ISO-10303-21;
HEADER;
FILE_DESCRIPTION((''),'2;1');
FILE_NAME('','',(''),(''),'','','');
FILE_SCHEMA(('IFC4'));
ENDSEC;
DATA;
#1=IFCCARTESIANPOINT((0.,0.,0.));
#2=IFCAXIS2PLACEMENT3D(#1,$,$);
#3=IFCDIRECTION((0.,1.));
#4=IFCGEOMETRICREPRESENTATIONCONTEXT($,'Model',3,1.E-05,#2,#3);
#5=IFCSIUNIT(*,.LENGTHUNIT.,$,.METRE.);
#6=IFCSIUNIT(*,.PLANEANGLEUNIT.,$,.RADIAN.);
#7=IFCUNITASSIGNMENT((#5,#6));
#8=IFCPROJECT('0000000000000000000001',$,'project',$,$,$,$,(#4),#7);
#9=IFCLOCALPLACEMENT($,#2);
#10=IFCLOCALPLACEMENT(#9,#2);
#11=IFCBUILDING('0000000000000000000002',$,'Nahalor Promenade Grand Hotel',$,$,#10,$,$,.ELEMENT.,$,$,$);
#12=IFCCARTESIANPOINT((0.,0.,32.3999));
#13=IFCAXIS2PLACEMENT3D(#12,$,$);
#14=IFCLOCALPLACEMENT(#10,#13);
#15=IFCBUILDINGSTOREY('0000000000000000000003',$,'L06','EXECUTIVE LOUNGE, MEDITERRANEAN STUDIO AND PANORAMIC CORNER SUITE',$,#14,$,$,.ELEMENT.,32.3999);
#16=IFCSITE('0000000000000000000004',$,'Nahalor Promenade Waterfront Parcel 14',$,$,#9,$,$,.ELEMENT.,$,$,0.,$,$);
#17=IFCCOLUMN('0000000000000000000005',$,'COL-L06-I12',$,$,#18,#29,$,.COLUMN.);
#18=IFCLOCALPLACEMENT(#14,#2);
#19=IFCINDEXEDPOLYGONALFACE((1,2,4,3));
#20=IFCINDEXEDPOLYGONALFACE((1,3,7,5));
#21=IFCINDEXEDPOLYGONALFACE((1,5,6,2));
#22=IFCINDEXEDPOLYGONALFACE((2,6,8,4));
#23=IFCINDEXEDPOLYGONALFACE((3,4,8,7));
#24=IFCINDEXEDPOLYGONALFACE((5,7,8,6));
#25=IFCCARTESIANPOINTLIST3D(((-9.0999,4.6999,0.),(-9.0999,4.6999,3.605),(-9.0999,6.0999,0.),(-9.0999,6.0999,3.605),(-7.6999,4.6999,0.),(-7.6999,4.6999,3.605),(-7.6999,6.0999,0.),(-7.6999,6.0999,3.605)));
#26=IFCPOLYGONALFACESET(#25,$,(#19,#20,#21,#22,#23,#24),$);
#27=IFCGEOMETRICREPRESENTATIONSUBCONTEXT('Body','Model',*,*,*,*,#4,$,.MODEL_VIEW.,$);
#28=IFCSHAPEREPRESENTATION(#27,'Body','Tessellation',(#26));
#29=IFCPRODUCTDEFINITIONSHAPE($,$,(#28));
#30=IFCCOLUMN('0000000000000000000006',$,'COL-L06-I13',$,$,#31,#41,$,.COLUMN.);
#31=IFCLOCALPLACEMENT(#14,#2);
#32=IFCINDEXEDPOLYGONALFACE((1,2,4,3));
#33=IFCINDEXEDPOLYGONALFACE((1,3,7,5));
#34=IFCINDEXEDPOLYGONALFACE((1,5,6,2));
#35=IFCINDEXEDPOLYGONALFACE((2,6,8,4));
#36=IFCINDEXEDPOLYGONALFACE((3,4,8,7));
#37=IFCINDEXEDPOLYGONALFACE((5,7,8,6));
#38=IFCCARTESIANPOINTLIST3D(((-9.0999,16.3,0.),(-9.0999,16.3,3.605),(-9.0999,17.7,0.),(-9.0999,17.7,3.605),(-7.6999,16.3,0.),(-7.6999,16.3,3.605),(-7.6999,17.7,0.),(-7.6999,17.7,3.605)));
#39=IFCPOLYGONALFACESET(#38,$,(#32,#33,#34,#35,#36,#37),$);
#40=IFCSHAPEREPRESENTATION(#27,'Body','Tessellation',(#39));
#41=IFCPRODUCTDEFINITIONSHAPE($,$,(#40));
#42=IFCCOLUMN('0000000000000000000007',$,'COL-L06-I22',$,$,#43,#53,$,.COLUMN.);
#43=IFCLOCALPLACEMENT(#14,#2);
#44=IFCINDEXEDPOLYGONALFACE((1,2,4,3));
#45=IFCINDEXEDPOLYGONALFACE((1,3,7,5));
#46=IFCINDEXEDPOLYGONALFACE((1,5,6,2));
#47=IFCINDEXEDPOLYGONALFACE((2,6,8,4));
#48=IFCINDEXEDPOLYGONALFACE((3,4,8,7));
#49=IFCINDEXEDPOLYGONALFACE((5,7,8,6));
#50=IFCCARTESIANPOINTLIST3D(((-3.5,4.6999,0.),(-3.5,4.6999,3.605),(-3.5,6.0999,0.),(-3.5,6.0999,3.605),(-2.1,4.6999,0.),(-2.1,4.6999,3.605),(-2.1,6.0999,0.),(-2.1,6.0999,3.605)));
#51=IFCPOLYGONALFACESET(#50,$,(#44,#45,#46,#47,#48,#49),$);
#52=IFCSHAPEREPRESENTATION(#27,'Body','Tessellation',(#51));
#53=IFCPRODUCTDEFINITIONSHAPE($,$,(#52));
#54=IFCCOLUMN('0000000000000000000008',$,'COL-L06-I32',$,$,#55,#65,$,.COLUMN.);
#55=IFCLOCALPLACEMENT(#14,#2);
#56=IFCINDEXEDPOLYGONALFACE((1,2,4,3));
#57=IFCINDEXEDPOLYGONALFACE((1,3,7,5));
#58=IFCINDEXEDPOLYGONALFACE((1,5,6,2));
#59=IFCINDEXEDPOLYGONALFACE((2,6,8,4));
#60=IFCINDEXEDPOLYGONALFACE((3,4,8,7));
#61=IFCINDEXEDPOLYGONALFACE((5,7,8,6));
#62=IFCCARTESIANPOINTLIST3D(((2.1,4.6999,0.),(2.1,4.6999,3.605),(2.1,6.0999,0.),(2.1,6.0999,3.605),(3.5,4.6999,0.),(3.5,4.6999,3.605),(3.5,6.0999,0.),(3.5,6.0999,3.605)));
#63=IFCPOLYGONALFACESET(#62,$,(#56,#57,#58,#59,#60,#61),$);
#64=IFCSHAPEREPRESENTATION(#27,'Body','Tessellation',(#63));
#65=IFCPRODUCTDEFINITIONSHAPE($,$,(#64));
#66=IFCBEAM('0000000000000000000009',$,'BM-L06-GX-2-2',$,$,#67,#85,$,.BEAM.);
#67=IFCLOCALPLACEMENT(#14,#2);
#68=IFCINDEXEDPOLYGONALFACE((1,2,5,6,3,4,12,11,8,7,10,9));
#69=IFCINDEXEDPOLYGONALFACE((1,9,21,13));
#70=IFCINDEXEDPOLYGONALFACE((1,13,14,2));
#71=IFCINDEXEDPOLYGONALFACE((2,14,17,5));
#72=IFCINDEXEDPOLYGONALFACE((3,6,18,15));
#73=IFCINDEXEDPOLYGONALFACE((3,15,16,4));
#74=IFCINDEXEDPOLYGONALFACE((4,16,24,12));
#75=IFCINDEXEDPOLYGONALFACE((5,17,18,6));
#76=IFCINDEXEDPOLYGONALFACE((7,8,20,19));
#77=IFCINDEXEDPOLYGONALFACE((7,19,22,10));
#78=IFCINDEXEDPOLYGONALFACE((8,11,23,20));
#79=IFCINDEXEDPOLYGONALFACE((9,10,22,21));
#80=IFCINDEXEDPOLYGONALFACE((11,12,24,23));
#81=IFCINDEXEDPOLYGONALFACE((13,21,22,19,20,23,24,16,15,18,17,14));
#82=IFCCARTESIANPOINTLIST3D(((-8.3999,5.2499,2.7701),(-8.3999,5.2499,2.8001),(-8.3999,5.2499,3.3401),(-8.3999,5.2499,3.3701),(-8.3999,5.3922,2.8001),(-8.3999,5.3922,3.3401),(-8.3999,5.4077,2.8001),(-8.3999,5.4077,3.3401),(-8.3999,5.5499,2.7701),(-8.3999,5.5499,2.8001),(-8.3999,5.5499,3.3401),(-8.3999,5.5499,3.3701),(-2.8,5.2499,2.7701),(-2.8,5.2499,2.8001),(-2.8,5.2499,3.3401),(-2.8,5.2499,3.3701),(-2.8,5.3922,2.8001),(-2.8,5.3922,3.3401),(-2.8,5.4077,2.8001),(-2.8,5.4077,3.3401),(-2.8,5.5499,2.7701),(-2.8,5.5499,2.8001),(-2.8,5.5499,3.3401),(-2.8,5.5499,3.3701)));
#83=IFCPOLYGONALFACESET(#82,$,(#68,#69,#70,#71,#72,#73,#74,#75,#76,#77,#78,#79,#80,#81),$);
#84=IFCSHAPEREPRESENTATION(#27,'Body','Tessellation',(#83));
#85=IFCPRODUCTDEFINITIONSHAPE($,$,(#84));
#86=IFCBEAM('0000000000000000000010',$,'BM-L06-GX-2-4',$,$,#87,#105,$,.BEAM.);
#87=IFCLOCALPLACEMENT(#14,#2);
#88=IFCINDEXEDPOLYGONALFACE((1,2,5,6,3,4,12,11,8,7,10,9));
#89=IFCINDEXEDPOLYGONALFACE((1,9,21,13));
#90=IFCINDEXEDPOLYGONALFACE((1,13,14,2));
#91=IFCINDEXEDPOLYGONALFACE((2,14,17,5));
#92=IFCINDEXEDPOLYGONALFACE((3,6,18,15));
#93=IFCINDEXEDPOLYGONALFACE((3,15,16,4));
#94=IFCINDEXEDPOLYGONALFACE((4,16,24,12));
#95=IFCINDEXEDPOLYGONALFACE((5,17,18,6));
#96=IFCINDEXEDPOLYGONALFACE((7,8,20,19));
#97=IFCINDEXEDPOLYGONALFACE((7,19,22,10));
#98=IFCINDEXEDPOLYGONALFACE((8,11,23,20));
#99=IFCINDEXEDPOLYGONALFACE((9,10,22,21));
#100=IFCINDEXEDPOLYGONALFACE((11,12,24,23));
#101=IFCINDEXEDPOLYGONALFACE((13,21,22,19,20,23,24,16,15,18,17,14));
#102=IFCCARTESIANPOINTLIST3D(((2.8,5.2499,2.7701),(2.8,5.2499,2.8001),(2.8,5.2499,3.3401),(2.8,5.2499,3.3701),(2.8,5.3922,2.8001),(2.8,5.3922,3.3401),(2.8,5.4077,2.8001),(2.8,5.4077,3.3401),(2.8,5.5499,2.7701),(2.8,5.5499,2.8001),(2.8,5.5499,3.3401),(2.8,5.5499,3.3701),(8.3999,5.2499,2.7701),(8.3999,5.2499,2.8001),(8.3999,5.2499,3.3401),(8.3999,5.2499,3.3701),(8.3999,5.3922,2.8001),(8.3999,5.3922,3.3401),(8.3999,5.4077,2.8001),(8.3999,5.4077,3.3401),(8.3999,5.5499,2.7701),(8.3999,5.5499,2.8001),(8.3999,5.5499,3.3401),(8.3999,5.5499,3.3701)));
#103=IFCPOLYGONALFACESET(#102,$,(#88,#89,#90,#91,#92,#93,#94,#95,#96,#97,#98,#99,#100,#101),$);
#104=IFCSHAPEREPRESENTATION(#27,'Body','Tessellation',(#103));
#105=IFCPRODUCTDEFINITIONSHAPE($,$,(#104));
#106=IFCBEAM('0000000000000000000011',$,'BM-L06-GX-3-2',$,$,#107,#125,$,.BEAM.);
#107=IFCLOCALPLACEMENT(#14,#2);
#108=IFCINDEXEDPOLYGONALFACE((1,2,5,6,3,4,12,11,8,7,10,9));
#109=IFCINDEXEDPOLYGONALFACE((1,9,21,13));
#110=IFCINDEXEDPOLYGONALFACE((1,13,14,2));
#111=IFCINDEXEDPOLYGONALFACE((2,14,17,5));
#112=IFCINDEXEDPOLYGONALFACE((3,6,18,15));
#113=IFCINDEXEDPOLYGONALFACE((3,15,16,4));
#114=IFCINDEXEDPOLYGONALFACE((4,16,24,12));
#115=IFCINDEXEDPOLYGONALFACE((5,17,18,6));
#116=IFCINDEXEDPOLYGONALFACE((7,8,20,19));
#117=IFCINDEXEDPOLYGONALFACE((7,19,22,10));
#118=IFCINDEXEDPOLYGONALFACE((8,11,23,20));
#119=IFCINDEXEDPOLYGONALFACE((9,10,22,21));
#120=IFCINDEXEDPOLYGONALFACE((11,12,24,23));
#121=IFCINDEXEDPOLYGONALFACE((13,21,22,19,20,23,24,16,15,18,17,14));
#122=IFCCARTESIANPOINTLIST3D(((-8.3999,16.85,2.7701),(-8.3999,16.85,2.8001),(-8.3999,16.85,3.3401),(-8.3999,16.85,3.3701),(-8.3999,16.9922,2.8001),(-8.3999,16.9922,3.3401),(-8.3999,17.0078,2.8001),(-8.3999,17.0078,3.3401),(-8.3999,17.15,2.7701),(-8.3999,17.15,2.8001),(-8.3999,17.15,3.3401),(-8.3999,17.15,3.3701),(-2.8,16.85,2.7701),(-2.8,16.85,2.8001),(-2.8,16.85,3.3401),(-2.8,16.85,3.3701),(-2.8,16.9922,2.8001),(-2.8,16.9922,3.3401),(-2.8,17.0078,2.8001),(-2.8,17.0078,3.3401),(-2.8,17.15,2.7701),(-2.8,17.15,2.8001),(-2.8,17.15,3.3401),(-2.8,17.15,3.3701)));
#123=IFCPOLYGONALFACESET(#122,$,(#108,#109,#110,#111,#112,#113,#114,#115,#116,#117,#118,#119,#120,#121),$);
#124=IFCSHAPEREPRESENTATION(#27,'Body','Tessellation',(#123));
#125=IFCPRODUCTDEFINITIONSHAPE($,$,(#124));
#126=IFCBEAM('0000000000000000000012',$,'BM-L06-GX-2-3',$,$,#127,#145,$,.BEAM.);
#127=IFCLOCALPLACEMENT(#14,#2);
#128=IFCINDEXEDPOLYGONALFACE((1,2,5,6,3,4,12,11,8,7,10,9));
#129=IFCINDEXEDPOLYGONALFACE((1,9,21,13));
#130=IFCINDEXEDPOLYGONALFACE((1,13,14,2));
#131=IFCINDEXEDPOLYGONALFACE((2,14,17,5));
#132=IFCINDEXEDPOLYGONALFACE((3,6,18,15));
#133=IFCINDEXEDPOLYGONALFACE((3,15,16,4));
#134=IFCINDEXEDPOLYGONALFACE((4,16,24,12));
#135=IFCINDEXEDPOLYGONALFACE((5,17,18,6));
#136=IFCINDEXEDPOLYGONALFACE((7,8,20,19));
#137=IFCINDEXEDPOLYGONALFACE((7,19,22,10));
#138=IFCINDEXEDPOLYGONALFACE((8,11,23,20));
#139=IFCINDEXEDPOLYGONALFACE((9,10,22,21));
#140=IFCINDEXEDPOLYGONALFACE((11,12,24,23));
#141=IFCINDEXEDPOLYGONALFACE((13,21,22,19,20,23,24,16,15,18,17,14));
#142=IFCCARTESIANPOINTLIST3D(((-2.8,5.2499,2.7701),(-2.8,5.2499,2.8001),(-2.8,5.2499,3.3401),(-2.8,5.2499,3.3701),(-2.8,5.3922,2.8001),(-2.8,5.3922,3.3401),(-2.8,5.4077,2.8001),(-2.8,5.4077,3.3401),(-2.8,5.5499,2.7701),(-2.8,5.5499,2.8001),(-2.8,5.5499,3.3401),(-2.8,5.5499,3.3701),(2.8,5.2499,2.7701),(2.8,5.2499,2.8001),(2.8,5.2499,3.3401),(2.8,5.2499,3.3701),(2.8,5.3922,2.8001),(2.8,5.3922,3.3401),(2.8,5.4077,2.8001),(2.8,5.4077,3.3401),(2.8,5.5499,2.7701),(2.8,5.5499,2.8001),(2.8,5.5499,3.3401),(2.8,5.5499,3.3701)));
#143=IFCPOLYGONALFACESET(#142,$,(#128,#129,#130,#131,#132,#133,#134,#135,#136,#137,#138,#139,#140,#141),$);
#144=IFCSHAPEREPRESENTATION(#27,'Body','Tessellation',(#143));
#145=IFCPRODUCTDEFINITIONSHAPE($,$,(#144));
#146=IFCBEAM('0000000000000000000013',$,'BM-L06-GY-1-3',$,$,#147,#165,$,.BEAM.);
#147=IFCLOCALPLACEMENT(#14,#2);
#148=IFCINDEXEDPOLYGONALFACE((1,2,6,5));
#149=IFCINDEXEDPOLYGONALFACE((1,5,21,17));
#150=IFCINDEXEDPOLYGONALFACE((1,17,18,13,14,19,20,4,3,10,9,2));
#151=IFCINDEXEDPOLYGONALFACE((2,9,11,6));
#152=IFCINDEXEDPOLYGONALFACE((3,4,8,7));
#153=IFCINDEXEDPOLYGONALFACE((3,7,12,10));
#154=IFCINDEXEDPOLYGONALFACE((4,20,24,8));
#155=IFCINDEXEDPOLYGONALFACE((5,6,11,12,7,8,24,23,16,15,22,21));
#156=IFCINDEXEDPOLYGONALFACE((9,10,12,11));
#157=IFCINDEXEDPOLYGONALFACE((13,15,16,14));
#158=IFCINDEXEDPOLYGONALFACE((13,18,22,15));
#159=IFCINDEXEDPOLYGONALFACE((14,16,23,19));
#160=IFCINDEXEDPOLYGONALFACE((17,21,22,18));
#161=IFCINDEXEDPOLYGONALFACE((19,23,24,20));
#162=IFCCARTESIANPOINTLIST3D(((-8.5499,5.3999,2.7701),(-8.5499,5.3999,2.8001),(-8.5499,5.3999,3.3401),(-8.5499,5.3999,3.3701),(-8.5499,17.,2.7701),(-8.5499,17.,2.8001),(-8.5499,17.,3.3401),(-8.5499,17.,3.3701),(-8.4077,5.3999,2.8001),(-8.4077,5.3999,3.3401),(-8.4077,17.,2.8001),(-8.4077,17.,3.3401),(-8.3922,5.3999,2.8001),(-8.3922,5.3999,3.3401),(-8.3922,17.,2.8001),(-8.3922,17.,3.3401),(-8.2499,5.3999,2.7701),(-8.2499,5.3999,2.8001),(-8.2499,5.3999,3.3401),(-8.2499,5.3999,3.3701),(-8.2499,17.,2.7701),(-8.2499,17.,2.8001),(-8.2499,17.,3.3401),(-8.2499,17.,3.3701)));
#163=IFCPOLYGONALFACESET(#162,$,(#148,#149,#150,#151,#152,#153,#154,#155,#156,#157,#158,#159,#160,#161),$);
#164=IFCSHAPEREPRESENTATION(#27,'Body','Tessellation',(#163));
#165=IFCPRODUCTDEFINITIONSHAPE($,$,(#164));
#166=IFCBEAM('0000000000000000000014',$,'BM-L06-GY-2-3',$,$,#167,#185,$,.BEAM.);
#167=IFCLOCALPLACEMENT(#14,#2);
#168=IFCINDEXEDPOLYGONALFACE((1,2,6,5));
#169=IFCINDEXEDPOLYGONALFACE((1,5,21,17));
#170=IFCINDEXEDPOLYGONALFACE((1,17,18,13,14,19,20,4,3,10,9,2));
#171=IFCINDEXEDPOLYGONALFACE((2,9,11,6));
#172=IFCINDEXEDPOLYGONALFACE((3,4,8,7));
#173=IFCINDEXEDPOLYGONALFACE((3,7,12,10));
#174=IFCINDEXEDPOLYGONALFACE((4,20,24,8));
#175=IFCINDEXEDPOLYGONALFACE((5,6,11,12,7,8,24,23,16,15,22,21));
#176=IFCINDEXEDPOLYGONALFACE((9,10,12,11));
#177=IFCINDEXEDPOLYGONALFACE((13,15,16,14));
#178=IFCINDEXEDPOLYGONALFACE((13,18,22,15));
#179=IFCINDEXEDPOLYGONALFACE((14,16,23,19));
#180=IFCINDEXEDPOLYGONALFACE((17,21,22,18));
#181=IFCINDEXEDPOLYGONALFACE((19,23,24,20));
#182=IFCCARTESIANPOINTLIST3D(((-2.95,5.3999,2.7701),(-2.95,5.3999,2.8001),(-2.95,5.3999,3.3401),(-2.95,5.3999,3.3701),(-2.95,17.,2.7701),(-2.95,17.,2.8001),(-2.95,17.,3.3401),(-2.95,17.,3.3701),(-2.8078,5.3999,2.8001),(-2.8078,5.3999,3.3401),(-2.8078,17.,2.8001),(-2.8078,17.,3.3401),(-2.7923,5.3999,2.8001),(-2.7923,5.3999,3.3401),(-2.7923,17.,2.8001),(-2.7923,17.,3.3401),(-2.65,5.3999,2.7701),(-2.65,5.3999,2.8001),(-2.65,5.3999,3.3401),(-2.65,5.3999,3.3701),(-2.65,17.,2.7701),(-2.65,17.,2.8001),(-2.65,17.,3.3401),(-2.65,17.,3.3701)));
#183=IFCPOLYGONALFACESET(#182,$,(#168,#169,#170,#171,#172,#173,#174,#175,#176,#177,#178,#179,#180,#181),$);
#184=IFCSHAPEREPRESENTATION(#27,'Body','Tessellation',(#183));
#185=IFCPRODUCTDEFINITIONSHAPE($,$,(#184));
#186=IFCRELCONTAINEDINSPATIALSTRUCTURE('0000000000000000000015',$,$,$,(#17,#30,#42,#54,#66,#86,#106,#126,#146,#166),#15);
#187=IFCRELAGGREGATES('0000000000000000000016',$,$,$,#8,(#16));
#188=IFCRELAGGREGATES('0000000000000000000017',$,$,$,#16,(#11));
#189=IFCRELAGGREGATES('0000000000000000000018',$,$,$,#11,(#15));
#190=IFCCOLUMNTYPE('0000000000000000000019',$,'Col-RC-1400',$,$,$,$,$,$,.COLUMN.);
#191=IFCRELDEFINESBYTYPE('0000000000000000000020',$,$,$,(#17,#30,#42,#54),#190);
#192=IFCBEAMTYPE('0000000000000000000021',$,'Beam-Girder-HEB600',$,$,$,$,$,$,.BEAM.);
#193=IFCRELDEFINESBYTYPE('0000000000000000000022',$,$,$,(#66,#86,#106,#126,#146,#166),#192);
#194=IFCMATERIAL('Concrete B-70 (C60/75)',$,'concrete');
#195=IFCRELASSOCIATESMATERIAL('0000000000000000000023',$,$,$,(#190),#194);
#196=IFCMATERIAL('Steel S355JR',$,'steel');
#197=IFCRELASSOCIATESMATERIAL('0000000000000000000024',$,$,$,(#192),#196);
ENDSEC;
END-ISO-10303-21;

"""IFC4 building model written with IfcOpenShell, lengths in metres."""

from ifc_helpers import new_model, si_unit, direction, frame, origin, origin_2d, place, context, subcontext, project, spatial, rectangle, i_section, extrude, source, transform, mapped, material, material_profile, profile_set, type_object, element, save


model = new_model("IFC4")

# Units and contexts
model_context = context("Model", 3, precision=1e-05, world=origin(), true_north=direction((0.0, 1.0)))
body_context = subcontext(model_context, "Body", "Model", "MODEL_VIEW")
ifc_project = project(units=[si_unit("LENGTHUNIT", "METRE"), si_unit("PLANEANGLEUNIT", "RADIAN")], contexts=[model_context])

# Site, building, storey
site_placement = place(None, origin())
site = spatial("IfcSite", under=ifc_project, at=site_placement, Name="Nahalor Promenade Waterfront Parcel 14", CompositionType="ELEMENT", RefElevation=0.0)
building_placement = place(site_placement, origin())
building = spatial("IfcBuilding", under=site, at=building_placement, Name="Nahalor Promenade Grand Hotel", CompositionType="ELEMENT")
storey_placement = place(building_placement, frame((0.0, 0.0, 32.3999)))
storey = spatial("IfcBuildingStorey", under=building, at=storey_placement, Name="L06", Description="EXECUTIVE LOUNGE, MEDITERRANEAN STUDIO AND PANORAMIC CORNER SUITE", CompositionType="ELEMENT", Elevation=32.3999)

# Columns
ifc_material_1 = material(Name="Concrete B-70 (C60/75)", Category="concrete")
ifc_material_profile_1 = material_profile(ifc_material_1, rectangle(XDim=1.4, YDim=1.4, at=origin_2d()), Name="RC 1400x1400")
ifc_profile_set_1 = profile_set([ifc_material_profile_1], Name="Concrete B-70 (C60/75)")
column_type = type_object("IfcColumnType", Name="Col-RC-1400", PredefinedType="COLUMN", material=ifc_profile_set_1)
shared_shape_1 = source(origin(), body_context, "Body", "SweptSolid", [
    extrude(rectangle(XDim=1.4, YDim=1.4, at=origin_2d()), origin(), (0.0, 0.0, 1.0), 3.605),
])
for number, where, z_axis, x_axis, name in (
    (1, (-8.3999, 5.3999, 0.0), (0.0, 0.0, 1.0), (1.0, 0.0, 0.0), "COL-L06-I12"),
    (2, (-8.3999, 17.0, 0.0), (0.0, 0.0, 1.0), (1.0, 0.0, 0.0), "COL-L06-I13"),
    (3, (-2.8, 5.3999, 0.0), (0.0, 0.0, 1.0), (1.0, 0.0, 0.0), "COL-L06-I22"),
    (4, (2.8, 5.3999, 0.0), (0.0, 0.0, 1.0), (1.0, 0.0, 0.0), "COL-L06-I32"),
):
    element("IfcColumn", number, at=place(storey_placement, frame(where, z_axis=z_axis, x_axis=x_axis)), inside=storey, type_object=column_type, Name=name, PredefinedType="COLUMN", context=body_context, shape_type="MappedRepresentation", body=[
        mapped(shared_shape_1, transform((0.0, 0.0, 0.0), scale=1.0)),
    ])

# Beams
ifc_material_2 = material(Name="Steel S355JR", Category="steel")
ifc_material_profile_2 = material_profile(ifc_material_2, i_section(OverallWidth=0.3, OverallDepth=0.6, WebThickness=0.0155, FlangeThickness=0.03, at=origin_2d()), Name="HEB 600")
ifc_profile_set_2 = profile_set([ifc_material_profile_2], Name="Steel S355JR")
beam_type_1 = type_object("IfcBeamType", Name="Beam-Girder-HEB600", PredefinedType="BEAM", material=ifc_profile_set_2)
shared_shape_2 = source(origin(), body_context, "Body", "SweptSolid", [
    extrude(i_section(OverallWidth=0.3, OverallDepth=0.6, WebThickness=0.0155, FlangeThickness=0.03, at=origin_2d()), origin(), (0.0, 0.0, 1.0), 5.5999),
])
for number, where, z_axis, x_axis, name in (
    (5, (-8.3999, 5.3999, 3.0701), (1.0, 0.0, 0.0), (0.0, 1.0, 0.0), "BM-L06-GX-2-2"),
    (6, (2.8, 5.3999, 3.0701), (1.0, 0.0, 0.0), (0.0, 1.0, 0.0), "BM-L06-GX-2-4"),
    (7, (-8.3999, 17.0, 3.0701), (1.0, 0.0, 0.0), (0.0, 1.0, 0.0), "BM-L06-GX-3-2"),
):
    element("IfcBeam", number, at=place(storey_placement, frame(where, z_axis=z_axis, x_axis=x_axis)), inside=storey, type_object=beam_type_1, Name=name, PredefinedType="BEAM", context=body_context, shape_type="MappedRepresentation", body=[
        mapped(shared_shape_2, transform((0.0, 0.0, 0.0), scale=1.0)),
    ])
shared_shape_3 = source(origin(), body_context, "Body", "SweptSolid", [
    extrude(i_section(OverallWidth=0.3, OverallDepth=0.6, WebThickness=0.0155, FlangeThickness=0.03, at=origin_2d()), origin(), (0.0, 0.0, 1.0), 5.6001),
])
beam_placement = place(storey_placement, frame((-2.8, 5.3999, 3.0701), z_axis=(1.0, 0.0, 0.0), x_axis=(0.0, 1.0, 0.0)))
element("IfcBeam", 8, at=beam_placement, inside=storey, type_object=beam_type_1, Name="BM-L06-GX-2-3", PredefinedType="BEAM", context=body_context, shape_type="MappedRepresentation", body=[
    mapped(shared_shape_3, transform((0.0, 0.0, 0.0), scale=1.0)),
])
shared_shape_4 = source(origin(), body_context, "Body", "SweptSolid", [
    extrude(i_section(OverallWidth=0.3, OverallDepth=0.6, WebThickness=0.0155, FlangeThickness=0.03, at=origin_2d()), origin(), (0.0, 0.0, 1.0), 11.6001),
])
for number, where, z_axis, x_axis, name in (
    (9, (-8.3999, 5.3999, 3.0701), (0.0, 1.0, 0.0), (-1.0, 0.0, 0.0), "BM-L06-GY-1-3"),
    (10, (-2.8, 5.3999, 3.0701), (0.0, 1.0, 0.0), (-1.0, 0.0, 0.0), "BM-L06-GY-2-3"),
):
    element("IfcBeam", number, at=place(storey_placement, frame(where, z_axis=z_axis, x_axis=x_axis)), inside=storey, type_object=beam_type_1, Name=name, PredefinedType="BEAM", context=body_context, shape_type="MappedRepresentation", body=[
        mapped(shared_shape_4, transform((0.0, 0.0, 0.0), scale=1.0)),
    ])

save(model, "model.ifc")
